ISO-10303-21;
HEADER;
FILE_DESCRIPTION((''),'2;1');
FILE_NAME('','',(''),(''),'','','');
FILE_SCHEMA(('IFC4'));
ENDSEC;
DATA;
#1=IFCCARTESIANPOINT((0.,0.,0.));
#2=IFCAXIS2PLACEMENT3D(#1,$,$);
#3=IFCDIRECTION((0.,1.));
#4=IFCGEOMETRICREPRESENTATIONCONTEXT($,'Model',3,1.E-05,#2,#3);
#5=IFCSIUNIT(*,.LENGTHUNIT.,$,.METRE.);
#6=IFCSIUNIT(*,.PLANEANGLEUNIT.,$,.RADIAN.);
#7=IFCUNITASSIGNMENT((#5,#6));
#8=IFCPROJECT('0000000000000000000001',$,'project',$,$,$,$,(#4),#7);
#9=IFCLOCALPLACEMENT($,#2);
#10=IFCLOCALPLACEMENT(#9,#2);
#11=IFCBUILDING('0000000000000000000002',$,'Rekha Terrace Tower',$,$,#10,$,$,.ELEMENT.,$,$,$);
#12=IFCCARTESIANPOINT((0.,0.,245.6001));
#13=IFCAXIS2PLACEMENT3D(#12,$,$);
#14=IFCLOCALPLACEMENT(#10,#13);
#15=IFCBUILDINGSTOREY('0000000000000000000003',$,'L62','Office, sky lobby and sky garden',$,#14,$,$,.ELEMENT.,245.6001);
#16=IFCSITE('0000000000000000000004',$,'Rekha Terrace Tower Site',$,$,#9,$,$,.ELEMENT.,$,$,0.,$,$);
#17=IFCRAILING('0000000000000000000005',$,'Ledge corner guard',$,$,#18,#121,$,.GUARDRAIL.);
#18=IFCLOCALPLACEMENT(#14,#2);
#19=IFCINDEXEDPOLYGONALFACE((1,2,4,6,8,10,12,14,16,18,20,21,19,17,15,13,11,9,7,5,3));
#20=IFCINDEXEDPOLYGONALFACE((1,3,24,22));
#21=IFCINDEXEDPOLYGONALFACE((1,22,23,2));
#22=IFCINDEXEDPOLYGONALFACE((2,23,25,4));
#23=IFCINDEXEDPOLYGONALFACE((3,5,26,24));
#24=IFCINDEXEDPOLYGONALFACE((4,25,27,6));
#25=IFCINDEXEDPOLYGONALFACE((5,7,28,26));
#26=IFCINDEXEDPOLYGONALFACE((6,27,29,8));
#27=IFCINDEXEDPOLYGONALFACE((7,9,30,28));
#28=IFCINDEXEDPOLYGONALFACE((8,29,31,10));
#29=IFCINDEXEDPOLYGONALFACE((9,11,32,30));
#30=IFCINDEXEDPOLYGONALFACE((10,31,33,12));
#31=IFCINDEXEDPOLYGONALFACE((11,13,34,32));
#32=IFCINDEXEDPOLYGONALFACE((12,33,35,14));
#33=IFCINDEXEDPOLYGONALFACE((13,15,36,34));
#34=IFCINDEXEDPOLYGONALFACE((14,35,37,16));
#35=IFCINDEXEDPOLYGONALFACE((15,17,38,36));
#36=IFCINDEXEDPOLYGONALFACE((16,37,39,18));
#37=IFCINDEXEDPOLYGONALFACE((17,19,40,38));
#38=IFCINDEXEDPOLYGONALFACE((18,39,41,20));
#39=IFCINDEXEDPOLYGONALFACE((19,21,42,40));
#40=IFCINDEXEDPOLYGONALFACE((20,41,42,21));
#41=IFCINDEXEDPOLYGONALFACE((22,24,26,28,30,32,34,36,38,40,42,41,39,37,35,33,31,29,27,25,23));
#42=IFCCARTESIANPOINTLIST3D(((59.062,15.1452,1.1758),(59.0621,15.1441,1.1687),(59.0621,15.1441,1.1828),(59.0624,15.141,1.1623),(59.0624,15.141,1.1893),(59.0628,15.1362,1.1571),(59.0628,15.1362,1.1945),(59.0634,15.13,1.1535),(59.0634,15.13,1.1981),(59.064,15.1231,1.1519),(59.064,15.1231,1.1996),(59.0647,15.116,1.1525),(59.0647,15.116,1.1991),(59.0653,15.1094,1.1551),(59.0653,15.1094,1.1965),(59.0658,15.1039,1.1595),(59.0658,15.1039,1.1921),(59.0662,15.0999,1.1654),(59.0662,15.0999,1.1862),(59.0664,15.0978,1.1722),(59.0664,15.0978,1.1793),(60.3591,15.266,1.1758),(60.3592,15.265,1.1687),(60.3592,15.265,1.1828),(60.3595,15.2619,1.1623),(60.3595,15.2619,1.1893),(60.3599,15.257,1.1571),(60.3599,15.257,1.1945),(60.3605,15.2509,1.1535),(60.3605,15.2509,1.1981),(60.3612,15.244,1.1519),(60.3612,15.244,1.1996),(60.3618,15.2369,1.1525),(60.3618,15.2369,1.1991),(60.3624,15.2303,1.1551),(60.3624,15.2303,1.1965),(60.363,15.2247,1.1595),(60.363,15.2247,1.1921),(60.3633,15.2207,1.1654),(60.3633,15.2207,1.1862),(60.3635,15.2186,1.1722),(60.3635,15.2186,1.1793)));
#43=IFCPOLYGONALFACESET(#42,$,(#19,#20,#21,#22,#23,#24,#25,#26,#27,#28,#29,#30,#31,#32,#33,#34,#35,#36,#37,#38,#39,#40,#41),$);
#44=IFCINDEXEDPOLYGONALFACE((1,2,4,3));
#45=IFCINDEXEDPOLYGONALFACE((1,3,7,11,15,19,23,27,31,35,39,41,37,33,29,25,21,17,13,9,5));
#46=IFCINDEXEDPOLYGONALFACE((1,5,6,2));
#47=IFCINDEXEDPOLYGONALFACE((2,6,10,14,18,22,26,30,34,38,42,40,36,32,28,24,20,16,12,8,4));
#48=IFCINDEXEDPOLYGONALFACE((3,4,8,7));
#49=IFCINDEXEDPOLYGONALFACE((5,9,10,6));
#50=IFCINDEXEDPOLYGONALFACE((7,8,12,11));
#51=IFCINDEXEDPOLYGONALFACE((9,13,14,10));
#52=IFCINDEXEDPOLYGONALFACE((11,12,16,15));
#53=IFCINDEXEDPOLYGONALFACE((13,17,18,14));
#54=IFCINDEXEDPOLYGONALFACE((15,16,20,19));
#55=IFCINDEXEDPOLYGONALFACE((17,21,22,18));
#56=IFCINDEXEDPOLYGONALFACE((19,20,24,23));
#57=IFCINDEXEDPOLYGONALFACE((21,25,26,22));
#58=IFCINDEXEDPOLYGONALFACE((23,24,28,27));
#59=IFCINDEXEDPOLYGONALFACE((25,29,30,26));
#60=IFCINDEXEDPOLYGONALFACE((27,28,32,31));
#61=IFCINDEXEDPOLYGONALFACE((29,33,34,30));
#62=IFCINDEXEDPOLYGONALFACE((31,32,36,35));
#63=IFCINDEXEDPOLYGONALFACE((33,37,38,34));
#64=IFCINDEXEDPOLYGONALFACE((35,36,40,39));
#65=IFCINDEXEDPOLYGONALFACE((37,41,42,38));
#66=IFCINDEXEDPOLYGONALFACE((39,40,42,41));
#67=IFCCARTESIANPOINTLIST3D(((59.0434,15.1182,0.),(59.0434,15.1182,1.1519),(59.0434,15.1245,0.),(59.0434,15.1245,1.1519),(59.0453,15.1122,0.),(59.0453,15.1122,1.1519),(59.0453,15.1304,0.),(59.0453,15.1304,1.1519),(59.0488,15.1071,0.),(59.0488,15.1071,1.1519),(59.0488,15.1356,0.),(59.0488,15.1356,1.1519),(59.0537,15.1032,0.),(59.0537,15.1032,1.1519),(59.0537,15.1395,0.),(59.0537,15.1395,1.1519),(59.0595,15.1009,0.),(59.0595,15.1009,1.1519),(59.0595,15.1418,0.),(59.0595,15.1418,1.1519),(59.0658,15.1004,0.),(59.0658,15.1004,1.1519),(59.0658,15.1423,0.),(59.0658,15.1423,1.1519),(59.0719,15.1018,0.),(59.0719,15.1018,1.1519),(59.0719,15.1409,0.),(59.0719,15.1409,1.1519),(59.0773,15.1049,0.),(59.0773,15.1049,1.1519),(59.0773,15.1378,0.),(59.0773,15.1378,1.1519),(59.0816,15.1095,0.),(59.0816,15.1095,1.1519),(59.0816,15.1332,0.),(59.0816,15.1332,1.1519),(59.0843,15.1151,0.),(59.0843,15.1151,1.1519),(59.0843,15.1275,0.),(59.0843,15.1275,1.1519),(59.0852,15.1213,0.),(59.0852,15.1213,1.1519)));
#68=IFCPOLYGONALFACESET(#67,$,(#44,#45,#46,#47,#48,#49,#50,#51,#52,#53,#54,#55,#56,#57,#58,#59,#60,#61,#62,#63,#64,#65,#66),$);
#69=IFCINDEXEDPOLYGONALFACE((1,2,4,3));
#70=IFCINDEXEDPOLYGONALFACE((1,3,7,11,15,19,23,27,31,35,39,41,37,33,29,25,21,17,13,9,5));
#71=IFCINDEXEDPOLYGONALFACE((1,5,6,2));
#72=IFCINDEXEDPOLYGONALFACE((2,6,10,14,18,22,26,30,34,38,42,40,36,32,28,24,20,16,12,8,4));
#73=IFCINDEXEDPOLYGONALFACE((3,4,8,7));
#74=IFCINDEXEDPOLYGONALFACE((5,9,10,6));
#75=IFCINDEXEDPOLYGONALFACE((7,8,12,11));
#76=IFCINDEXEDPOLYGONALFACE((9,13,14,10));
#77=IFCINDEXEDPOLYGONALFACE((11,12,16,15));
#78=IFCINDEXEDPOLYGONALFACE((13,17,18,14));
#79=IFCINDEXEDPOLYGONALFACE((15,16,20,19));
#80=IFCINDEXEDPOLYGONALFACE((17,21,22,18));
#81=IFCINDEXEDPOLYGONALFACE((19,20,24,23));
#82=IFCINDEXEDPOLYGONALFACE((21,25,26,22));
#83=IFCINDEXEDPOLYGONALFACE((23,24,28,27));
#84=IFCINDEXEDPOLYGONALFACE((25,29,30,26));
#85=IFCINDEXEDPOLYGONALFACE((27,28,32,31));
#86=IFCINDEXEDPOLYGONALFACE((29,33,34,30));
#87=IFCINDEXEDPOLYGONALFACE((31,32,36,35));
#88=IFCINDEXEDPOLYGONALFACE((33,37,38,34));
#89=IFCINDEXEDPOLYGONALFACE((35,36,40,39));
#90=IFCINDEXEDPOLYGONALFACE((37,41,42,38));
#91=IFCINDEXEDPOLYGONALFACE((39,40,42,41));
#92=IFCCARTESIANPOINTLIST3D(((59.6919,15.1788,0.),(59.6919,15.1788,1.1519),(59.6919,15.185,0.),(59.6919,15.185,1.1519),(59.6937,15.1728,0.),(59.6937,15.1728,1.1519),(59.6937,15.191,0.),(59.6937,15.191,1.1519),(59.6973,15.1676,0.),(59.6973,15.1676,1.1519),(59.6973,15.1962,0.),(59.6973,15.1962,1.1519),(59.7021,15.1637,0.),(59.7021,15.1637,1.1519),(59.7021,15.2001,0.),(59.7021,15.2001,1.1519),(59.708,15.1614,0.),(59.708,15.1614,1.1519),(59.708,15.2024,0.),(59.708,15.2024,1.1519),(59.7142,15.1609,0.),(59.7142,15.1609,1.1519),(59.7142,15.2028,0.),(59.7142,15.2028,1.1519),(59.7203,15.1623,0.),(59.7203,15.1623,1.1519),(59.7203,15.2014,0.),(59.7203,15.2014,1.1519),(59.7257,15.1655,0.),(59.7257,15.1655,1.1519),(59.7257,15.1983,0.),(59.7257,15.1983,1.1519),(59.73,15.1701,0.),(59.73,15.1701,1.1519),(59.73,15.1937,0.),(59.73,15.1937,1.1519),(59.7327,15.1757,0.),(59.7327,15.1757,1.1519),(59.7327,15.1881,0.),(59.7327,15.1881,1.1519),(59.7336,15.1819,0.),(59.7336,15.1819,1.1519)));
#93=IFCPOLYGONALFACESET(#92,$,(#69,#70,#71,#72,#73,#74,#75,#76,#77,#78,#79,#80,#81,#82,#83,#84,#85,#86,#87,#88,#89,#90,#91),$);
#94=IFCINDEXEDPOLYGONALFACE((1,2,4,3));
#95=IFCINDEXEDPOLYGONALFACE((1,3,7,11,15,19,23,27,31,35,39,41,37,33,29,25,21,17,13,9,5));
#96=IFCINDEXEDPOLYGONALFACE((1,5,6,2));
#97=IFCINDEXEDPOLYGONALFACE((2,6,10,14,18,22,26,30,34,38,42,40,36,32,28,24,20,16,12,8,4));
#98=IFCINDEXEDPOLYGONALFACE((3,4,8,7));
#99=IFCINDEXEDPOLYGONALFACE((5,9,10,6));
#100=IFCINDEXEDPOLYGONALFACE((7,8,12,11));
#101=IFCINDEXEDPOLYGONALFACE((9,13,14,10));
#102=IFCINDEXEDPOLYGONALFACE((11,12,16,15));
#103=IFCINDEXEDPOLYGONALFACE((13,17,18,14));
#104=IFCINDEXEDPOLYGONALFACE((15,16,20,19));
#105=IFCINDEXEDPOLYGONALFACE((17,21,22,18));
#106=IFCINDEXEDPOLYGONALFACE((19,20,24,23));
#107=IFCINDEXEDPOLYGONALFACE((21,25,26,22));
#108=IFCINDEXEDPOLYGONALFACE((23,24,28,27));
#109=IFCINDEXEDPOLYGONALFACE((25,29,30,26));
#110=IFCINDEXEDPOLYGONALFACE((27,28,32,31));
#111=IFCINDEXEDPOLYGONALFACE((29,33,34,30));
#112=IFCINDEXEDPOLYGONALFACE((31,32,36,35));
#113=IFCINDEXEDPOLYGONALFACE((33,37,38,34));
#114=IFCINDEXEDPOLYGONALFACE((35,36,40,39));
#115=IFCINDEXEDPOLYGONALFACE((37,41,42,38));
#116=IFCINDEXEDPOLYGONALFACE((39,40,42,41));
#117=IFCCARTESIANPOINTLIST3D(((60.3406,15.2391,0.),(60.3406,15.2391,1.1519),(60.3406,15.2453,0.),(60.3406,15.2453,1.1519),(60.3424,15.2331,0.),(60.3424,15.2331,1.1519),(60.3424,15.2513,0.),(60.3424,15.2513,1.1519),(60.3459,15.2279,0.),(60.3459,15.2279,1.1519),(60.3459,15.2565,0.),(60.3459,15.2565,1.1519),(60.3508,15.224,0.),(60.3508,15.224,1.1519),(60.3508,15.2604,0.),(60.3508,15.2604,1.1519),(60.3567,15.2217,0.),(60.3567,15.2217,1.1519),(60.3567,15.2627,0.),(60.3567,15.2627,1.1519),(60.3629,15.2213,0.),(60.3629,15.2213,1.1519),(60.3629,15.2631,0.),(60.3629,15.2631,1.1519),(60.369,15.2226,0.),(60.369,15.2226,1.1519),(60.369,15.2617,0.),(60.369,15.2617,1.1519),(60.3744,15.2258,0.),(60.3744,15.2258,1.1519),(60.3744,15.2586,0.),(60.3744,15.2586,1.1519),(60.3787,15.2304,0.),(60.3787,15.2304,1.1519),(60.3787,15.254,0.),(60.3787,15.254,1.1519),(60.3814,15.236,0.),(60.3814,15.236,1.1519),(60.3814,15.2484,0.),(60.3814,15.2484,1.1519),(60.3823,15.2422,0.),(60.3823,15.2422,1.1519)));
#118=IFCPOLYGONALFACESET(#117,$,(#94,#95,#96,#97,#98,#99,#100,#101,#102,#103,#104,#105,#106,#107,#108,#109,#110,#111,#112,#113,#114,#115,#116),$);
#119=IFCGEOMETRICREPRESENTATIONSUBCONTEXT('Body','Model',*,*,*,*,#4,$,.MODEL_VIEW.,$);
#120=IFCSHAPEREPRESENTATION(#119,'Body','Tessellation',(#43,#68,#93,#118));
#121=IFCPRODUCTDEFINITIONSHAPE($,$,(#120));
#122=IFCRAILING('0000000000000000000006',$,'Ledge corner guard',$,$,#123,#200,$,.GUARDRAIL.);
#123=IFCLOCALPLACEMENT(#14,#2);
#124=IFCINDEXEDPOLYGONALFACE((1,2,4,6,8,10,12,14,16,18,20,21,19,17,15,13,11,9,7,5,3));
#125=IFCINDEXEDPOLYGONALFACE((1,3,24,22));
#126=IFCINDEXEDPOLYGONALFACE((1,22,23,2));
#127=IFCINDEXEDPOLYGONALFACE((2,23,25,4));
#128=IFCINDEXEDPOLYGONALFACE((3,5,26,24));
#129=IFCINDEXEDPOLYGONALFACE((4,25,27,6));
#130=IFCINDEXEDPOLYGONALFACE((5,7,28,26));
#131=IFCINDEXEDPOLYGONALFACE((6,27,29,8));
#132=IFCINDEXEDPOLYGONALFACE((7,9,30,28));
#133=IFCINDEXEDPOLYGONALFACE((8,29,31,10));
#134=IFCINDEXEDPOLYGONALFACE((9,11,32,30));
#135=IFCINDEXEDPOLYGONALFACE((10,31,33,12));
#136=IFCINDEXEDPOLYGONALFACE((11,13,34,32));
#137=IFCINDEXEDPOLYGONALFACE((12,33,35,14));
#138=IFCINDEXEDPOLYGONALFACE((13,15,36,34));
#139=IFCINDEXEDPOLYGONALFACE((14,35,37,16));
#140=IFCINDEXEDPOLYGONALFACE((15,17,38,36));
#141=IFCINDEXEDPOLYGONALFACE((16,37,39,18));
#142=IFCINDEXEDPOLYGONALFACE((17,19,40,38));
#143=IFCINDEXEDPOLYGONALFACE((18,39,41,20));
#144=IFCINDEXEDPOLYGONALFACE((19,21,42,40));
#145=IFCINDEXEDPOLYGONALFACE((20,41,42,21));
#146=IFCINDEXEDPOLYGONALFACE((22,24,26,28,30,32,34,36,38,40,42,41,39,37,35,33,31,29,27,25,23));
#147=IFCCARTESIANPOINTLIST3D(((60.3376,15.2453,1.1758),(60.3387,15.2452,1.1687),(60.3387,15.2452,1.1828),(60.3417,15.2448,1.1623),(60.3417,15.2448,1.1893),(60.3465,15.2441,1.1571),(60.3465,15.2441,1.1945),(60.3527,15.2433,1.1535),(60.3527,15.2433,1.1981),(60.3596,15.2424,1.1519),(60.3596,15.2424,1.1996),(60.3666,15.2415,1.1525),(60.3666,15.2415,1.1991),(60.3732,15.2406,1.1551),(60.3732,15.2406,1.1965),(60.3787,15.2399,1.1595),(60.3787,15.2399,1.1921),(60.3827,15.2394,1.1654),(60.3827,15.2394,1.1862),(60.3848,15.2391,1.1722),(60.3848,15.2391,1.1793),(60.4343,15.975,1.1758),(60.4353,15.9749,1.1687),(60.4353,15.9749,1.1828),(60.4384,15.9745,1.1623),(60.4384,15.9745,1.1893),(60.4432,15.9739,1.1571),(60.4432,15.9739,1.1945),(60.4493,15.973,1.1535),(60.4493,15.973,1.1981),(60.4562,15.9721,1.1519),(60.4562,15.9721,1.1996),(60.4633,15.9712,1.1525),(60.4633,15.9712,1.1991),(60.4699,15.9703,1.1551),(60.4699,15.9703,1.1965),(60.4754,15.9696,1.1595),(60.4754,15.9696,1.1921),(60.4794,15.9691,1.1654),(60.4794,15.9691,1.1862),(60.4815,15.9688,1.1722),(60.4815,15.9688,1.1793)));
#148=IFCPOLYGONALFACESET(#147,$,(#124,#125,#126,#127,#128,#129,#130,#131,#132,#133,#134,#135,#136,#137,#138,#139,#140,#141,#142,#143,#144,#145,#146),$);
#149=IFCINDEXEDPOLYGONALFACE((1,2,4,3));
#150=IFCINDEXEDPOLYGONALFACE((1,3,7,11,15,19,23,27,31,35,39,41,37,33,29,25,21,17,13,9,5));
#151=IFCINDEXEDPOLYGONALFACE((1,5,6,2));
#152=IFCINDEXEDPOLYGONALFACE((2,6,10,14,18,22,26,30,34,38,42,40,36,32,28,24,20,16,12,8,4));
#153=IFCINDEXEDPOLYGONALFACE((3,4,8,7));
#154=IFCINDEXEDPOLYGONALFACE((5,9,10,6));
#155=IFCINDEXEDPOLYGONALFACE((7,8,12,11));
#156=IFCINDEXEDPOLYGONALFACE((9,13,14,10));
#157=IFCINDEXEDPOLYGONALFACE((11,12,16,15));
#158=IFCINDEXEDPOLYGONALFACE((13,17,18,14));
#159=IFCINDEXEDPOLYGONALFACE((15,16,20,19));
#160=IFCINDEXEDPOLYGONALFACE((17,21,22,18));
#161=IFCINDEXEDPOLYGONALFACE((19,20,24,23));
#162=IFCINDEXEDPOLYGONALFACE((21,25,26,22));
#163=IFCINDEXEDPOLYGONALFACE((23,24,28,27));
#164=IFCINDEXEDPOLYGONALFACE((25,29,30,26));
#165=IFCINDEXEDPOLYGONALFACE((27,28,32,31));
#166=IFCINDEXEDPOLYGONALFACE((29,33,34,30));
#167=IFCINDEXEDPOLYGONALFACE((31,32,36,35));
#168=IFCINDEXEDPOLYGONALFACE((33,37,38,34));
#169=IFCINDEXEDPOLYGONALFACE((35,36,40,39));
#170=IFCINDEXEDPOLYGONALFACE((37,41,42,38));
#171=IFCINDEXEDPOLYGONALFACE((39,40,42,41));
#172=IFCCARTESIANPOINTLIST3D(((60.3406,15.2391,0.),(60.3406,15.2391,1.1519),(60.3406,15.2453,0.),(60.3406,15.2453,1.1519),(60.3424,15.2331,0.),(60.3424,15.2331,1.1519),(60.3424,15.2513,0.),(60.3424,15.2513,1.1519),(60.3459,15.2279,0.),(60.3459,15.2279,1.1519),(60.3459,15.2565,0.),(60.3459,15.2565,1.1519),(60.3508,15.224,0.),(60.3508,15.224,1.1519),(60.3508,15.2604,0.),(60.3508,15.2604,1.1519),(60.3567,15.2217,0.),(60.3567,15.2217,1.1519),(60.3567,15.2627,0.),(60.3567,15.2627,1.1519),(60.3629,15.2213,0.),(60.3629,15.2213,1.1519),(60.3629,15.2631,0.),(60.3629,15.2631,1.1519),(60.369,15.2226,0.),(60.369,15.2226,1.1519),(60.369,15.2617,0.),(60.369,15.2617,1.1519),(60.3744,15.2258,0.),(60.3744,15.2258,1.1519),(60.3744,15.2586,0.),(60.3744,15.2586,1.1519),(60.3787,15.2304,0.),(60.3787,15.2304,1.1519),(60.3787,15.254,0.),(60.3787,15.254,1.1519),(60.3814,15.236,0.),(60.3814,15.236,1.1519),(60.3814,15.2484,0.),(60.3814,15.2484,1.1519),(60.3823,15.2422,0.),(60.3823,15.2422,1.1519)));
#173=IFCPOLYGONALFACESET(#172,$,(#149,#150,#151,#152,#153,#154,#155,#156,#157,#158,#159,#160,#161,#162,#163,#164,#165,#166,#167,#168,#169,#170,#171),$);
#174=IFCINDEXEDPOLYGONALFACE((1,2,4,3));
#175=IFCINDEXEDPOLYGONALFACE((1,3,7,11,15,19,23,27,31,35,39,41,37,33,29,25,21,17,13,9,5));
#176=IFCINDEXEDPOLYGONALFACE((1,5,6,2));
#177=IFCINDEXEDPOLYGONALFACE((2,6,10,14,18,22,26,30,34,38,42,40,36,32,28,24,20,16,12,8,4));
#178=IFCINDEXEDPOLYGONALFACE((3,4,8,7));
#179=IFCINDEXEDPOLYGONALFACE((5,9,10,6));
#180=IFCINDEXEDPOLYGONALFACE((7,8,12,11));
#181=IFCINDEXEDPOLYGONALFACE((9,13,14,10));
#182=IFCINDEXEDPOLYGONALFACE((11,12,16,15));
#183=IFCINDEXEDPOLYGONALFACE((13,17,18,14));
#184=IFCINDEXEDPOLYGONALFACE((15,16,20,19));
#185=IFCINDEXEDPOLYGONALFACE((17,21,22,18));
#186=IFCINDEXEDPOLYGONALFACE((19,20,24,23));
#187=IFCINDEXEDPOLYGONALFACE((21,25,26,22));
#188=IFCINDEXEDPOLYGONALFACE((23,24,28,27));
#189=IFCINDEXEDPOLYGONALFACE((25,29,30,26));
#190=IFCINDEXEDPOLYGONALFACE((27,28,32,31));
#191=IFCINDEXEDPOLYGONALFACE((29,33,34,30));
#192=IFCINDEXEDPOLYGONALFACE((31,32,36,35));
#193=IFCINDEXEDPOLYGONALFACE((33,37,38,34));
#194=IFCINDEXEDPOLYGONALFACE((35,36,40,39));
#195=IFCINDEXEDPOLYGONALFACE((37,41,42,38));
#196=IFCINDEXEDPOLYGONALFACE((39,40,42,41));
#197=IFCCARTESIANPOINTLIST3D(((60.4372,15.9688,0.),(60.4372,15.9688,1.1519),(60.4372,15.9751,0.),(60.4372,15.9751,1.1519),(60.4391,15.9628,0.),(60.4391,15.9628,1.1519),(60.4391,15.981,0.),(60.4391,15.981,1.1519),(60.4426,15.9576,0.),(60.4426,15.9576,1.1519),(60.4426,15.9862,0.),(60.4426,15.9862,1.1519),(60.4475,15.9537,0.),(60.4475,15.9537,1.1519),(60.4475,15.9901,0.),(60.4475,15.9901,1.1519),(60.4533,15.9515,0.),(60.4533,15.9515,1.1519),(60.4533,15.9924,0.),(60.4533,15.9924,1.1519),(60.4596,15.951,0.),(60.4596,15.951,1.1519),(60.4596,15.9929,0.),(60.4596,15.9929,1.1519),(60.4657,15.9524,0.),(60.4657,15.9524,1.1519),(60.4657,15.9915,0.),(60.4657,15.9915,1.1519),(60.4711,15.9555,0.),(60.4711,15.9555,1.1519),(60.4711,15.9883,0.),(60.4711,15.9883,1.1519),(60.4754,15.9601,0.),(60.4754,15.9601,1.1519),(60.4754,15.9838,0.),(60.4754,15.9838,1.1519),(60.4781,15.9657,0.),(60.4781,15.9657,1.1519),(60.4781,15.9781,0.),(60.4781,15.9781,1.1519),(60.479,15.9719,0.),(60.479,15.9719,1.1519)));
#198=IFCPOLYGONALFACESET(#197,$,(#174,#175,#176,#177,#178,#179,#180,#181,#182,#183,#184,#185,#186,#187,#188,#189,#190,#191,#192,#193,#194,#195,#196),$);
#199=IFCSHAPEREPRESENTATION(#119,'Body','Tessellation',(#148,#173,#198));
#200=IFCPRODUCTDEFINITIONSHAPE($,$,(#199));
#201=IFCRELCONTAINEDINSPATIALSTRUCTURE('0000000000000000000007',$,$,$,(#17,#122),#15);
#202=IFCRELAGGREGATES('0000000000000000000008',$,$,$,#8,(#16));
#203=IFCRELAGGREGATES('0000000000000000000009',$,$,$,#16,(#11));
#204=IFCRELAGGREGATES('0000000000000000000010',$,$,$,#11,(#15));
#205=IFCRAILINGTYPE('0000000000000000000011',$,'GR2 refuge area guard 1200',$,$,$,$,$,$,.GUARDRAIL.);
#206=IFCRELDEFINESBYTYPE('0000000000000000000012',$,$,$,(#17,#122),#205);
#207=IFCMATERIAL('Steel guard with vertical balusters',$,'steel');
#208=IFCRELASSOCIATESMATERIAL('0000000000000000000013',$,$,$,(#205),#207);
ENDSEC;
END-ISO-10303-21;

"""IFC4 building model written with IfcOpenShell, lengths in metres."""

from ifc_helpers import new_model, si_unit, direction, frame, origin, origin_2d, place, context, subcontext, project, spatial, circle, extrude, material, type_object, element, save


model = new_model("IFC4")

# Units and contexts
model_context = context("Model", 3, precision=1e-05, world=origin(), true_north=direction((0.0, 1.0)))
body_context = subcontext(model_context, "Body", "Model", "MODEL_VIEW")
ifc_project = project(units=[si_unit("LENGTHUNIT", "METRE"), si_unit("PLANEANGLEUNIT", "RADIAN")], contexts=[model_context])

# Site, building, storey
site_placement = place(None, origin())
site = spatial("IfcSite", under=ifc_project, at=site_placement, Name="Rekha Terrace Tower Site", CompositionType="ELEMENT", RefElevation=0.0)
building_placement = place(site_placement, origin())
building = spatial("IfcBuilding", under=site, at=building_placement, Name="Rekha Terrace Tower", CompositionType="ELEMENT")
storey_placement = place(building_placement, frame((0.0, 0.0, 245.6001)))
storey = spatial("IfcBuildingStorey", under=building, at=storey_placement, Name="L62", Description="Office, sky lobby and sky garden", CompositionType="ELEMENT", Elevation=245.6001)

# Railings
ifc_material_1 = material(Name="Steel guard with vertical balusters", Category="steel")
railing_type = type_object("IfcRailingType", Name="GR2 refuge area guard 1200", PredefinedType="GUARDRAIL", material=ifc_material_1)
railing_1_placement = place(storey_placement, frame((59.0642, 15.1213, 0.0)))
element("IfcRailing", 1, at=railing_1_placement, inside=storey, type_object=railing_type, Name="Ledge corner guard", PredefinedType="GUARDRAIL", context=body_context, shape_type="SweptSolid", body=[
    extrude(circle(Radius=0.0239, at=origin_2d()), frame((0.0, 0.0, 1.1758), z_axis=(0.995688, 0.092766, 0.0), x_axis=(-0.092766, 0.995688, 0.0)), (0.0, 0.0, 1.0), 1.3027),
    extrude(circle(Radius=0.021, at=origin_2d()), origin(), (0.0, 0.0, 1.0), 1.1519),
    extrude(circle(Radius=0.021, at=origin_2d()), frame((0.6484, 0.0605, 0.0)), (0.0, 0.0, 1.0), 1.1519),
    extrude(circle(Radius=0.021, at=origin_2d()), frame((1.2971, 0.1208, 0.0)), (0.0, 0.0, 1.0), 1.1519),
])
railing_2_placement = place(storey_placement, frame((60.3613, 15.2422, 0.0)))
element("IfcRailing", 2, at=railing_2_placement, inside=storey, type_object=railing_type, Name="Ledge corner guard", PredefinedType="GUARDRAIL", context=body_context, shape_type="SweptSolid", body=[
    extrude(circle(Radius=0.0239, at=origin_2d()), frame((0.0, 0.0, 1.1758), z_axis=(0.131338, 0.991338, 0.0), x_axis=(-0.991338, 0.131338, 0.0)), (0.0, 0.0, 1.0), 0.7361),
    extrude(circle(Radius=0.021, at=origin_2d()), origin(), (0.0, 0.0, 1.0), 1.1519),
    extrude(circle(Radius=0.021, at=origin_2d()), frame((0.0967, 0.7297, 0.0)), (0.0, 0.0, 1.0), 1.1519),
])

save(model, "model.ifc")
